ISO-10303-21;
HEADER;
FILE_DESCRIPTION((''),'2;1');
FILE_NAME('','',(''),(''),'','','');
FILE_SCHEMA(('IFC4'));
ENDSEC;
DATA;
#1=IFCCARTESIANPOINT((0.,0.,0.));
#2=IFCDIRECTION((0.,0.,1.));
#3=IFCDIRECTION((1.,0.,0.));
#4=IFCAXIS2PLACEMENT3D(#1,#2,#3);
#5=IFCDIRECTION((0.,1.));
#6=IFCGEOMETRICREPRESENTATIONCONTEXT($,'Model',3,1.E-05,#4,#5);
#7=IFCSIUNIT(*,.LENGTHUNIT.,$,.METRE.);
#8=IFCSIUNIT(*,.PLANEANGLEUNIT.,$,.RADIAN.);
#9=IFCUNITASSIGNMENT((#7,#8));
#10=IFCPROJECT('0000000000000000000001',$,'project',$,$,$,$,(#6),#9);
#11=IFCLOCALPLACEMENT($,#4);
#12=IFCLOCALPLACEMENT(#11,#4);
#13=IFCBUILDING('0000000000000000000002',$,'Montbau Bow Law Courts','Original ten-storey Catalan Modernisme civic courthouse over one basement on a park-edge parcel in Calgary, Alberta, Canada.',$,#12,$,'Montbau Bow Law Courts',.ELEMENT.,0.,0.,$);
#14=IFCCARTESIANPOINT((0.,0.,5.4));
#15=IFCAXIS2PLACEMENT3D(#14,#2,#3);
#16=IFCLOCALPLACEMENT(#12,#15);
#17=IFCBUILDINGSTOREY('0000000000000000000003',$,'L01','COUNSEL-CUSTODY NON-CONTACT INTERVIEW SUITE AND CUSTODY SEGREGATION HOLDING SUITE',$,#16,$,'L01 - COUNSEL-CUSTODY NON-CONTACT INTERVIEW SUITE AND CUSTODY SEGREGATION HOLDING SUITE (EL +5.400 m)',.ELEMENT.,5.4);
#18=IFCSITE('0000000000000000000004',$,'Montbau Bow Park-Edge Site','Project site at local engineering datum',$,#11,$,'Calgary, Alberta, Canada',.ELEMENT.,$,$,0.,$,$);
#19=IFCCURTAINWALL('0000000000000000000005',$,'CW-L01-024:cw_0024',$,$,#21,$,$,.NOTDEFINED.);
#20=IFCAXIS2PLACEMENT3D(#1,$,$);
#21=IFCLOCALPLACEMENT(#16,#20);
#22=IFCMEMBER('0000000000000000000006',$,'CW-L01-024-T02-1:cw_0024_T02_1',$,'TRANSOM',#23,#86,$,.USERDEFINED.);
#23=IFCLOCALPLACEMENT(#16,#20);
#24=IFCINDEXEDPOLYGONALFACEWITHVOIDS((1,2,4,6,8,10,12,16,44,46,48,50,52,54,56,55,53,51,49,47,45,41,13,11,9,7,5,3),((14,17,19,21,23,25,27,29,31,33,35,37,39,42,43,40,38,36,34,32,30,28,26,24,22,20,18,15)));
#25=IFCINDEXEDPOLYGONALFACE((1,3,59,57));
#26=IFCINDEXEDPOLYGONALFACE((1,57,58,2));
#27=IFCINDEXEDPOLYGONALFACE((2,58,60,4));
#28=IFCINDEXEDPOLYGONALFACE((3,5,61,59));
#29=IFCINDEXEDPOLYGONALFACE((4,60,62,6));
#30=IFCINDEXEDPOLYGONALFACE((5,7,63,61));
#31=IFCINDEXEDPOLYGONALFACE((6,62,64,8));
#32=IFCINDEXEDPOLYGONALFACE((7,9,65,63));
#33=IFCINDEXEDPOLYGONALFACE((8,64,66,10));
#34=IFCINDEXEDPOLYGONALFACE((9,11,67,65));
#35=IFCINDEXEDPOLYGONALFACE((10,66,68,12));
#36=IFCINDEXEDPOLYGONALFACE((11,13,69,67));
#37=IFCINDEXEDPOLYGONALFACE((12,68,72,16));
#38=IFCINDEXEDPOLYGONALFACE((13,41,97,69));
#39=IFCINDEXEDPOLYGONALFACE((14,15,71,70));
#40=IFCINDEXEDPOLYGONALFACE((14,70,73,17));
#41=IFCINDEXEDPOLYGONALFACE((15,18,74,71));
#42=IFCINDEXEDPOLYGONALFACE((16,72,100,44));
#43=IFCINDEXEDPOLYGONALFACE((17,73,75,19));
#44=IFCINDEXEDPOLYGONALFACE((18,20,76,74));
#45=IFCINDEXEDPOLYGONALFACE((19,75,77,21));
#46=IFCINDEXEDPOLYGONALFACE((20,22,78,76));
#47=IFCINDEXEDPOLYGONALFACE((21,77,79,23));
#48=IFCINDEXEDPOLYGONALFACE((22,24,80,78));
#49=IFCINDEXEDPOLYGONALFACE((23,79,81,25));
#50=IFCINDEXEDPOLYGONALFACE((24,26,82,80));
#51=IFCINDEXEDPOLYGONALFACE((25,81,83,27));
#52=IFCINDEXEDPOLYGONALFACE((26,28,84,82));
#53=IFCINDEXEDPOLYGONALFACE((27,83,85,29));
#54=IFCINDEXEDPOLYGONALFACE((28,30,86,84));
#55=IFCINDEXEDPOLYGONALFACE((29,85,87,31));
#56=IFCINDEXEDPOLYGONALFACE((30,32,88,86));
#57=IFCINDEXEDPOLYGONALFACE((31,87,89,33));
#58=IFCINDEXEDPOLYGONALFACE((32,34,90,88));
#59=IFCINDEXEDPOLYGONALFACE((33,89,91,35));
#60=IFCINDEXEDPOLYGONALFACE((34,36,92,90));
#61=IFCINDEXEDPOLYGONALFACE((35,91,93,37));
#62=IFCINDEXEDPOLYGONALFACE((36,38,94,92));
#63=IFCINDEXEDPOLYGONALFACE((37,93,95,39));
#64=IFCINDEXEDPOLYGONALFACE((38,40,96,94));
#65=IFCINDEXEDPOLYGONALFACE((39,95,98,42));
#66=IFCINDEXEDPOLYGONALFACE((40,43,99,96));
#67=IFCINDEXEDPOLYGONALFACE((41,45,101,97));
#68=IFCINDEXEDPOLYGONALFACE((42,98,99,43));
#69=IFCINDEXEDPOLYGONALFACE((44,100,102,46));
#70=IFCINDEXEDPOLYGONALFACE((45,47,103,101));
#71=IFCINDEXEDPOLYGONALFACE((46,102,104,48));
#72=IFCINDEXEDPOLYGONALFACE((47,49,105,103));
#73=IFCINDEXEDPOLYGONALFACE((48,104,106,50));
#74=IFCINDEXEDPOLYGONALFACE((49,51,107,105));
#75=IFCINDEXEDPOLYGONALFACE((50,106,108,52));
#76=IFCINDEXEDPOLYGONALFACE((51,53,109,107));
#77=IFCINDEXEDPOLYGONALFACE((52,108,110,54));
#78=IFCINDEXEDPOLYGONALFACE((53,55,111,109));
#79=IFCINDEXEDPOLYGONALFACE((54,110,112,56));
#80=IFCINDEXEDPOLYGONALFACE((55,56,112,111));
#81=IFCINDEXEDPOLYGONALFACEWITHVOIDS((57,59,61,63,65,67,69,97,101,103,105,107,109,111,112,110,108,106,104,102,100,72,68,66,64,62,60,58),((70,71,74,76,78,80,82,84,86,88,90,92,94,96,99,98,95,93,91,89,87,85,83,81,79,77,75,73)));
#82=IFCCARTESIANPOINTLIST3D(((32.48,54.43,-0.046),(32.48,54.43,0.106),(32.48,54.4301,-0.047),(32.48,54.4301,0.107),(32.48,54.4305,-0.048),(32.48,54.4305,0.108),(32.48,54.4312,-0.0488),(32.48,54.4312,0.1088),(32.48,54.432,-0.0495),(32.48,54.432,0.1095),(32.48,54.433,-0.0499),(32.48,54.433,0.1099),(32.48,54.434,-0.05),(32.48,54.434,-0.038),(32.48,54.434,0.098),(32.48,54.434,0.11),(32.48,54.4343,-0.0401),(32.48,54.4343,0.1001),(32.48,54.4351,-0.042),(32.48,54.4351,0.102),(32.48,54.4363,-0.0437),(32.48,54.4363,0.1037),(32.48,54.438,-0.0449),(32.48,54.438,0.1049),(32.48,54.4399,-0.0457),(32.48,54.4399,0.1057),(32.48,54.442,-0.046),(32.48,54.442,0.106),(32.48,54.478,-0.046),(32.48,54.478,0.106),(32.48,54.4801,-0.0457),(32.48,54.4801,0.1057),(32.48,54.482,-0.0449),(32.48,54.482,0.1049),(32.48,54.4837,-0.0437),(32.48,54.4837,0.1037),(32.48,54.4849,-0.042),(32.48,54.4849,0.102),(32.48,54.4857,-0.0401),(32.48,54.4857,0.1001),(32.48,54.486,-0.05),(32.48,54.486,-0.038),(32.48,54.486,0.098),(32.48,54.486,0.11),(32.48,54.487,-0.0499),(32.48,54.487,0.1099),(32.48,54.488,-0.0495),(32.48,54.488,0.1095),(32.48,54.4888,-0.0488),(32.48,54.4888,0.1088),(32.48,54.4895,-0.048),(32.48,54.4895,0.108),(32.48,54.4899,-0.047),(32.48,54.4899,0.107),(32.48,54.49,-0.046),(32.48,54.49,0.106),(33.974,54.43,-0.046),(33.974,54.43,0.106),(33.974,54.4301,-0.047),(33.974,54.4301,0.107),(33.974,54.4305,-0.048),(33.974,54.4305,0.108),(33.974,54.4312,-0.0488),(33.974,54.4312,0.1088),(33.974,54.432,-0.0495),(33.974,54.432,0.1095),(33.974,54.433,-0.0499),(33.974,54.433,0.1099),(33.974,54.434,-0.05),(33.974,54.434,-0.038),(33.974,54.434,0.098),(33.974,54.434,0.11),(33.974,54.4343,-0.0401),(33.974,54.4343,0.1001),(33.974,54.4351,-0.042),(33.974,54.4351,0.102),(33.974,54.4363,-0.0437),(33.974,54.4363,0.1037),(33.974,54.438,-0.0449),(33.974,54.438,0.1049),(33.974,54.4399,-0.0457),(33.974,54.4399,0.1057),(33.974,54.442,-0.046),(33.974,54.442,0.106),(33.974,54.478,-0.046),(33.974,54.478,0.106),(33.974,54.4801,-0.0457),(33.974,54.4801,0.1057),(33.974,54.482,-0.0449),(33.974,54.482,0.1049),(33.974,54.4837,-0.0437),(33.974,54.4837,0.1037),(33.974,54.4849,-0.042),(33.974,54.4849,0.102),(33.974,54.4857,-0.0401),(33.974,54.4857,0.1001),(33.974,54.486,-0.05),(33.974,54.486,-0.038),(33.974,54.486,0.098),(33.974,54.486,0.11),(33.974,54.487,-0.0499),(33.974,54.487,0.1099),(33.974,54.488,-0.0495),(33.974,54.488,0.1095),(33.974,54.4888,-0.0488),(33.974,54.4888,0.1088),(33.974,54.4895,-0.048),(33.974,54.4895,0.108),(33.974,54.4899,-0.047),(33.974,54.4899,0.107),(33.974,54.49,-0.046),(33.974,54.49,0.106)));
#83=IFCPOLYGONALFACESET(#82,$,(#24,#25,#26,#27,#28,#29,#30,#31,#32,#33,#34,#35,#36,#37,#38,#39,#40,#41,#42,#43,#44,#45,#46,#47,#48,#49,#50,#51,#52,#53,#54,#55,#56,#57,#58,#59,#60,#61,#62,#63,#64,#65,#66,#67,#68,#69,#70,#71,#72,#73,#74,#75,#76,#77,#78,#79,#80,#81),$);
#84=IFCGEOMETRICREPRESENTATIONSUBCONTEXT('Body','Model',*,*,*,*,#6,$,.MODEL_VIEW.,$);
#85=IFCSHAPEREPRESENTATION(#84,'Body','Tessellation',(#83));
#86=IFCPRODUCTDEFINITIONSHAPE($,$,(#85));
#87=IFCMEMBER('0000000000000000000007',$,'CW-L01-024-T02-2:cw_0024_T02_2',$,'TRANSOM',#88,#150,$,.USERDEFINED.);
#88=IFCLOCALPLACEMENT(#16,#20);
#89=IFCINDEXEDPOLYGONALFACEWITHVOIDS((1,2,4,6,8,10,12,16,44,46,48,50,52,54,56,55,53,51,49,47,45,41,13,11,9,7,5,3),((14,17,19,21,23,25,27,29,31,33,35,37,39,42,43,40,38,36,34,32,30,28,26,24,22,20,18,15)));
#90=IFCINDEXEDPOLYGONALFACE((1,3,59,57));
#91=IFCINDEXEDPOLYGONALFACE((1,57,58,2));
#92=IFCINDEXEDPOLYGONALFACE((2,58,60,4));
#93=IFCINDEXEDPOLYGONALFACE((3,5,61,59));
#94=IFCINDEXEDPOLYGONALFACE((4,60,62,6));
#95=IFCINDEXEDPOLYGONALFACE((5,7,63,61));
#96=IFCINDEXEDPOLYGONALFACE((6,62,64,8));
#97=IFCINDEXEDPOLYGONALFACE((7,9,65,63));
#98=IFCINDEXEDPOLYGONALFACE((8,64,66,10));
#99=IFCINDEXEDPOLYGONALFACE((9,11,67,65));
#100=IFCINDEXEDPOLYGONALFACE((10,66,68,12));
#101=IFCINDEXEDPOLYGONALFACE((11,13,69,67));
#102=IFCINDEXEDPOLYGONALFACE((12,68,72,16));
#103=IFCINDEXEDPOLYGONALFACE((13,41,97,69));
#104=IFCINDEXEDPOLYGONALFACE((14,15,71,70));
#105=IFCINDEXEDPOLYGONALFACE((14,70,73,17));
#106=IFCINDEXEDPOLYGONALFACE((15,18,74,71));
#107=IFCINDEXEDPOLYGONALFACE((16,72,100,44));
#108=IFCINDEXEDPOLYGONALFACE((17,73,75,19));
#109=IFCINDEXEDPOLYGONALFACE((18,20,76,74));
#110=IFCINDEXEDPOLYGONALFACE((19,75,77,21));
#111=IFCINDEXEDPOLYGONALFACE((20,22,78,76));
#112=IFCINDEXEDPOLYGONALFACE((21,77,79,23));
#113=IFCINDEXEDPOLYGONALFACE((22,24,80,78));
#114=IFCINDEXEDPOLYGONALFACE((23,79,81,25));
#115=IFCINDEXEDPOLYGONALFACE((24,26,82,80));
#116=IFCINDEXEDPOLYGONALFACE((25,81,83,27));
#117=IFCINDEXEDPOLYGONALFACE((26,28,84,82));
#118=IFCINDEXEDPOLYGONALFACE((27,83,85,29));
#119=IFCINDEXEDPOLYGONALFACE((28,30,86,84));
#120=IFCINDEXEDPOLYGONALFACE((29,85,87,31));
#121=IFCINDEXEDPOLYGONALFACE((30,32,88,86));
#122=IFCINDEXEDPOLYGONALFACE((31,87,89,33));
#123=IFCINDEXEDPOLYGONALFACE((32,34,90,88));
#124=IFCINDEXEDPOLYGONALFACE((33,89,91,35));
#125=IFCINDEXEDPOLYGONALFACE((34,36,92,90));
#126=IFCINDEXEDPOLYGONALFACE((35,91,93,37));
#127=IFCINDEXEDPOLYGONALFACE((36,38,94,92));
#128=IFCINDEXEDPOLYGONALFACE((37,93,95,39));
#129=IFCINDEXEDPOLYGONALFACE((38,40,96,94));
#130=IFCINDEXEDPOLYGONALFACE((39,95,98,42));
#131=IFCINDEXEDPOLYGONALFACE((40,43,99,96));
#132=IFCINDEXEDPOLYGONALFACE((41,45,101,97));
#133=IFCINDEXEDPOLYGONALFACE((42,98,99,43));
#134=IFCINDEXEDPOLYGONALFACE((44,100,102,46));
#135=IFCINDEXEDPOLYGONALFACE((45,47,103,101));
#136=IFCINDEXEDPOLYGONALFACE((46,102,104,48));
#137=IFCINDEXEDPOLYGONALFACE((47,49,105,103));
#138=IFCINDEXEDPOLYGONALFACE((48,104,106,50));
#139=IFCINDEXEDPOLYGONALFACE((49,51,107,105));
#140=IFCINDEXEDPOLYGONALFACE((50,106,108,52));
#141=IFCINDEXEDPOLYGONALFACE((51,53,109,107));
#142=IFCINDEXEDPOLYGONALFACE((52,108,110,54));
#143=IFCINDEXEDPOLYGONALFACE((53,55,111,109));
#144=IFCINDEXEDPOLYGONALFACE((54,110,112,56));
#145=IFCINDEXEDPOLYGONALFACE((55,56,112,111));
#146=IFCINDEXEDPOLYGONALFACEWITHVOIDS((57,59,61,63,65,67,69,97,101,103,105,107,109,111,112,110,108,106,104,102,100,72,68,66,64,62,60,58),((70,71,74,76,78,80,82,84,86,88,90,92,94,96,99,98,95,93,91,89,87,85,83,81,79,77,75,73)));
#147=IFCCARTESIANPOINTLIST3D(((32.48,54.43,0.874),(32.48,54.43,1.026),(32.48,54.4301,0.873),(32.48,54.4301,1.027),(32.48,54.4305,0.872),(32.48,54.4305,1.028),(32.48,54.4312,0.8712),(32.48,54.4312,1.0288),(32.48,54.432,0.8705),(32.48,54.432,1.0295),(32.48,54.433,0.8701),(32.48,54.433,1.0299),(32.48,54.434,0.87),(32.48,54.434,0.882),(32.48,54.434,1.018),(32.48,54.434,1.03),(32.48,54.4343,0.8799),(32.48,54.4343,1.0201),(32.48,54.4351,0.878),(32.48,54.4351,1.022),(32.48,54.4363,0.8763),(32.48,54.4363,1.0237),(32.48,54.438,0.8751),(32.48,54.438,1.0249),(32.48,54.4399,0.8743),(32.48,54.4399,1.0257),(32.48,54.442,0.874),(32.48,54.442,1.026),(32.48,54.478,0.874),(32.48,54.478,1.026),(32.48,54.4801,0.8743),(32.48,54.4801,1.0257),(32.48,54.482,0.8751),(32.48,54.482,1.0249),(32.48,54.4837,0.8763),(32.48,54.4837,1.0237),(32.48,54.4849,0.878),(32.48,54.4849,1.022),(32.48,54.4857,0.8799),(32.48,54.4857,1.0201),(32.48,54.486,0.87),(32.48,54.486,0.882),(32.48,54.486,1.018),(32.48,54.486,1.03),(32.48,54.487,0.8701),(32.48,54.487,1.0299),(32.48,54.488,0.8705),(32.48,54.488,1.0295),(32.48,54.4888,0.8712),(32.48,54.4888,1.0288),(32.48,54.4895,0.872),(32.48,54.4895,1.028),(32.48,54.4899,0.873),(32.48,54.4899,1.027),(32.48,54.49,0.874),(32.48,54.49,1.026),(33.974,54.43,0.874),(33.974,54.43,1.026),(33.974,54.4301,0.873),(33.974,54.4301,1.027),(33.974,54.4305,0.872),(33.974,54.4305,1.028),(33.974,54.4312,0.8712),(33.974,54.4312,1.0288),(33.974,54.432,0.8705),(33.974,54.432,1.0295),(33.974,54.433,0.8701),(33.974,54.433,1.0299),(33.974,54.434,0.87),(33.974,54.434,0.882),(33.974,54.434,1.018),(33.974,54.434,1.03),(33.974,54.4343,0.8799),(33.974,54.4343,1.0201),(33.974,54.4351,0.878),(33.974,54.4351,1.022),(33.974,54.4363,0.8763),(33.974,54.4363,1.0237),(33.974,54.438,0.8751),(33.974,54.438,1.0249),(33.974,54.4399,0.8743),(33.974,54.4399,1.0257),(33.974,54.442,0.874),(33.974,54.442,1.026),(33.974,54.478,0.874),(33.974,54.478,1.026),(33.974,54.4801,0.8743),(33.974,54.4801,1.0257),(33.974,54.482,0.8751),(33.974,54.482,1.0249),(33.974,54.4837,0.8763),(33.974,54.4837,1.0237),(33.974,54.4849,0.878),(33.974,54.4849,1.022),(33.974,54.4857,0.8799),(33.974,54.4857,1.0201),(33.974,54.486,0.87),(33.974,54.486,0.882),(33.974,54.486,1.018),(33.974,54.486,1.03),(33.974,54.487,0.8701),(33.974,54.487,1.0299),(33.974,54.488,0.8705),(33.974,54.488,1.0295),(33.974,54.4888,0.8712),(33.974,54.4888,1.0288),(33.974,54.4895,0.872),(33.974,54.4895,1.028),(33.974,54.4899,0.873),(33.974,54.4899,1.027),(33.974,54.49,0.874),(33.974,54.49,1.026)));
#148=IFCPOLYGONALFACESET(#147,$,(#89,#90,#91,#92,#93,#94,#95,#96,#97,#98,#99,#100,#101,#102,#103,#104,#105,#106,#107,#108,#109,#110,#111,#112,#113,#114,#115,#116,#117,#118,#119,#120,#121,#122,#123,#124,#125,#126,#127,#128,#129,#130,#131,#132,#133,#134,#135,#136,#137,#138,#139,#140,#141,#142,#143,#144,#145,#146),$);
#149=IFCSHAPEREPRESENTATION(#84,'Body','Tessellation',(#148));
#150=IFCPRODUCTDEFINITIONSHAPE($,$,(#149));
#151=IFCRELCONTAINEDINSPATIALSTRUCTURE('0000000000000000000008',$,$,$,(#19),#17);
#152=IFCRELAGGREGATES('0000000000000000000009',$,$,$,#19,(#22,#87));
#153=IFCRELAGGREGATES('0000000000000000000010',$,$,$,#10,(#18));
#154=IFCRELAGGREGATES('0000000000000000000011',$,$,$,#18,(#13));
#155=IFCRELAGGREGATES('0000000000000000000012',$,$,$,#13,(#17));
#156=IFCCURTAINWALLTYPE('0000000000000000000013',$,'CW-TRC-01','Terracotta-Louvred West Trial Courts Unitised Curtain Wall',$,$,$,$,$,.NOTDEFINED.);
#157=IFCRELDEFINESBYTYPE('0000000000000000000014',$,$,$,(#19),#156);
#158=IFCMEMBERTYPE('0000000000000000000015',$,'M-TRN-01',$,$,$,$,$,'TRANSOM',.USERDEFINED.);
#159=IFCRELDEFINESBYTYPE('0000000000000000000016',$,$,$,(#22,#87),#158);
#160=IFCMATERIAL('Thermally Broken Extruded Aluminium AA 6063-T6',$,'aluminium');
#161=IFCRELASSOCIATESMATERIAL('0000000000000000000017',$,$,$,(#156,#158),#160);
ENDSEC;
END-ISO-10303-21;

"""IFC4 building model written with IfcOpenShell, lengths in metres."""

from ifc_helpers import new_model, si_unit, direction, frame, origin_with_axes, origin_2d_with_axis, place, context, subcontext, project, spatial, hollow_rectangle, extrude, material, material_profile, profile_set, type_object, element, aggregate, save


model = new_model("IFC4")

# Units and contexts
model_context = context("Model", 3, precision=1e-05, world=origin_with_axes(), true_north=direction((0.0, 1.0)))
body_context = subcontext(model_context, "Body", "Model", "MODEL_VIEW")
ifc_project = project(units=[si_unit("LENGTHUNIT", "METRE"), si_unit("PLANEANGLEUNIT", "RADIAN")], contexts=[model_context])

# Site, building, storey
site_placement = place(None, origin_with_axes())
site = spatial("IfcSite", under=ifc_project, at=site_placement, Name="Montbau Bow Park-Edge Site", Description="Project site at local engineering datum", LongName="Calgary, Alberta, Canada", CompositionType="ELEMENT", RefElevation=0.0)
building_placement = place(site_placement, origin_with_axes())
building = spatial("IfcBuilding", under=site, at=building_placement, Name="Montbau Bow Law Courts", Description="Original ten-storey Catalan Modernisme civic courthouse over one basement on a park-edge parcel in Calgary, Alberta, Canada.", LongName="Montbau Bow Law Courts", CompositionType="ELEMENT", ElevationOfRefHeight=0.0, ElevationOfTerrain=0.0)
storey_placement = place(building_placement, frame((0.0, 0.0, 5.4), z_axis=(0.0, 0.0, 1.0), x_axis=(1.0, 0.0, 0.0)))
storey = spatial("IfcBuildingStorey", under=building, at=storey_placement, Name="L01", Description="COUNSEL-CUSTODY NON-CONTACT INTERVIEW SUITE AND CUSTODY SEGREGATION HOLDING SUITE", LongName="L01 - COUNSEL-CUSTODY NON-CONTACT INTERVIEW SUITE AND CUSTODY SEGREGATION HOLDING SUITE (EL +5.400 m)", CompositionType="ELEMENT", Elevation=5.4)

# Curtain wall
ifc_material_1 = material(Name="Thermally Broken Extruded Aluminium AA 6063-T6", Category="aluminium")
curtain_wall_type = type_object("IfcCurtainWallType", Name="CW-TRC-01", Description="Terracotta-Louvred West Trial Courts Unitised Curtain Wall", PredefinedType="NOTDEFINED", material=ifc_material_1)
curtain_wall_1_placement = place(None, frame((30.867, 54.46, 5.4), z_axis=(0.0, 0.0, 1.0), x_axis=(1.0, 0.0, 0.0)))
curtain_wall_1 = element("IfcCurtainWall", 1, at=curtain_wall_1_placement, inside=storey, type_object=curtain_wall_type, Name="CW-L01-024:cw_0024", PredefinedType="NOTDEFINED")

# Members
ifc_material_profile_1 = material_profile(ifc_material_1, hollow_rectangle(XDim=0.06, YDim=0.16, WallThickness=0.004, InnerFilletRadius=0.008, OuterFilletRadius=0.004, at=origin_2d_with_axis()), Name="CWT-160X60", Category="Main", Priority=0)
ifc_profile_set_1 = profile_set([ifc_material_profile_1], Name="Thermally Broken Extruded Aluminium AA 6063-T6")
member_type_1 = type_object("IfcMemberType", Name="M-TRN-01", ElementType="TRANSOM", PredefinedType="USERDEFINED", material=ifc_profile_set_1)
member_1_placement = place(None, frame((32.48, 54.46, 5.43), z_axis=(1.0, 0.0, 0.0), x_axis=(0.0, 1.0, 0.0)))
member_1 = element("IfcMember", 2, at=member_1_placement, type_object=member_type_1, Name="CW-L01-024-T02-1:cw_0024_T02_1", ObjectType="TRANSOM", PredefinedType="USERDEFINED", context=body_context, shape_type="SweptSolid", body=[
    extrude(hollow_rectangle(XDim=0.06, YDim=0.16, WallThickness=0.004, InnerFilletRadius=0.008, OuterFilletRadius=0.004, at=origin_2d_with_axis()), origin_with_axes(), (0.0, 0.0, 1.0), 1.494),
])
member_2_placement = place(None, frame((32.48, 54.46, 6.35), z_axis=(1.0, 0.0, 0.0), x_axis=(0.0, 1.0, 0.0)))
member_2 = element("IfcMember", 3, at=member_2_placement, type_object=member_type_1, Name="CW-L01-024-T02-2:cw_0024_T02_2", ObjectType="TRANSOM", PredefinedType="USERDEFINED", context=body_context, shape_type="SweptSolid", body=[
    extrude(hollow_rectangle(XDim=0.06, YDim=0.16, WallThickness=0.004, InnerFilletRadius=0.008, OuterFilletRadius=0.004, at=origin_2d_with_axis()), origin_with_axes(), (0.0, 0.0, 1.0), 1.494),
])

aggregate(curtain_wall_1, [member_1, member_2])

save(model, "model.ifc")
